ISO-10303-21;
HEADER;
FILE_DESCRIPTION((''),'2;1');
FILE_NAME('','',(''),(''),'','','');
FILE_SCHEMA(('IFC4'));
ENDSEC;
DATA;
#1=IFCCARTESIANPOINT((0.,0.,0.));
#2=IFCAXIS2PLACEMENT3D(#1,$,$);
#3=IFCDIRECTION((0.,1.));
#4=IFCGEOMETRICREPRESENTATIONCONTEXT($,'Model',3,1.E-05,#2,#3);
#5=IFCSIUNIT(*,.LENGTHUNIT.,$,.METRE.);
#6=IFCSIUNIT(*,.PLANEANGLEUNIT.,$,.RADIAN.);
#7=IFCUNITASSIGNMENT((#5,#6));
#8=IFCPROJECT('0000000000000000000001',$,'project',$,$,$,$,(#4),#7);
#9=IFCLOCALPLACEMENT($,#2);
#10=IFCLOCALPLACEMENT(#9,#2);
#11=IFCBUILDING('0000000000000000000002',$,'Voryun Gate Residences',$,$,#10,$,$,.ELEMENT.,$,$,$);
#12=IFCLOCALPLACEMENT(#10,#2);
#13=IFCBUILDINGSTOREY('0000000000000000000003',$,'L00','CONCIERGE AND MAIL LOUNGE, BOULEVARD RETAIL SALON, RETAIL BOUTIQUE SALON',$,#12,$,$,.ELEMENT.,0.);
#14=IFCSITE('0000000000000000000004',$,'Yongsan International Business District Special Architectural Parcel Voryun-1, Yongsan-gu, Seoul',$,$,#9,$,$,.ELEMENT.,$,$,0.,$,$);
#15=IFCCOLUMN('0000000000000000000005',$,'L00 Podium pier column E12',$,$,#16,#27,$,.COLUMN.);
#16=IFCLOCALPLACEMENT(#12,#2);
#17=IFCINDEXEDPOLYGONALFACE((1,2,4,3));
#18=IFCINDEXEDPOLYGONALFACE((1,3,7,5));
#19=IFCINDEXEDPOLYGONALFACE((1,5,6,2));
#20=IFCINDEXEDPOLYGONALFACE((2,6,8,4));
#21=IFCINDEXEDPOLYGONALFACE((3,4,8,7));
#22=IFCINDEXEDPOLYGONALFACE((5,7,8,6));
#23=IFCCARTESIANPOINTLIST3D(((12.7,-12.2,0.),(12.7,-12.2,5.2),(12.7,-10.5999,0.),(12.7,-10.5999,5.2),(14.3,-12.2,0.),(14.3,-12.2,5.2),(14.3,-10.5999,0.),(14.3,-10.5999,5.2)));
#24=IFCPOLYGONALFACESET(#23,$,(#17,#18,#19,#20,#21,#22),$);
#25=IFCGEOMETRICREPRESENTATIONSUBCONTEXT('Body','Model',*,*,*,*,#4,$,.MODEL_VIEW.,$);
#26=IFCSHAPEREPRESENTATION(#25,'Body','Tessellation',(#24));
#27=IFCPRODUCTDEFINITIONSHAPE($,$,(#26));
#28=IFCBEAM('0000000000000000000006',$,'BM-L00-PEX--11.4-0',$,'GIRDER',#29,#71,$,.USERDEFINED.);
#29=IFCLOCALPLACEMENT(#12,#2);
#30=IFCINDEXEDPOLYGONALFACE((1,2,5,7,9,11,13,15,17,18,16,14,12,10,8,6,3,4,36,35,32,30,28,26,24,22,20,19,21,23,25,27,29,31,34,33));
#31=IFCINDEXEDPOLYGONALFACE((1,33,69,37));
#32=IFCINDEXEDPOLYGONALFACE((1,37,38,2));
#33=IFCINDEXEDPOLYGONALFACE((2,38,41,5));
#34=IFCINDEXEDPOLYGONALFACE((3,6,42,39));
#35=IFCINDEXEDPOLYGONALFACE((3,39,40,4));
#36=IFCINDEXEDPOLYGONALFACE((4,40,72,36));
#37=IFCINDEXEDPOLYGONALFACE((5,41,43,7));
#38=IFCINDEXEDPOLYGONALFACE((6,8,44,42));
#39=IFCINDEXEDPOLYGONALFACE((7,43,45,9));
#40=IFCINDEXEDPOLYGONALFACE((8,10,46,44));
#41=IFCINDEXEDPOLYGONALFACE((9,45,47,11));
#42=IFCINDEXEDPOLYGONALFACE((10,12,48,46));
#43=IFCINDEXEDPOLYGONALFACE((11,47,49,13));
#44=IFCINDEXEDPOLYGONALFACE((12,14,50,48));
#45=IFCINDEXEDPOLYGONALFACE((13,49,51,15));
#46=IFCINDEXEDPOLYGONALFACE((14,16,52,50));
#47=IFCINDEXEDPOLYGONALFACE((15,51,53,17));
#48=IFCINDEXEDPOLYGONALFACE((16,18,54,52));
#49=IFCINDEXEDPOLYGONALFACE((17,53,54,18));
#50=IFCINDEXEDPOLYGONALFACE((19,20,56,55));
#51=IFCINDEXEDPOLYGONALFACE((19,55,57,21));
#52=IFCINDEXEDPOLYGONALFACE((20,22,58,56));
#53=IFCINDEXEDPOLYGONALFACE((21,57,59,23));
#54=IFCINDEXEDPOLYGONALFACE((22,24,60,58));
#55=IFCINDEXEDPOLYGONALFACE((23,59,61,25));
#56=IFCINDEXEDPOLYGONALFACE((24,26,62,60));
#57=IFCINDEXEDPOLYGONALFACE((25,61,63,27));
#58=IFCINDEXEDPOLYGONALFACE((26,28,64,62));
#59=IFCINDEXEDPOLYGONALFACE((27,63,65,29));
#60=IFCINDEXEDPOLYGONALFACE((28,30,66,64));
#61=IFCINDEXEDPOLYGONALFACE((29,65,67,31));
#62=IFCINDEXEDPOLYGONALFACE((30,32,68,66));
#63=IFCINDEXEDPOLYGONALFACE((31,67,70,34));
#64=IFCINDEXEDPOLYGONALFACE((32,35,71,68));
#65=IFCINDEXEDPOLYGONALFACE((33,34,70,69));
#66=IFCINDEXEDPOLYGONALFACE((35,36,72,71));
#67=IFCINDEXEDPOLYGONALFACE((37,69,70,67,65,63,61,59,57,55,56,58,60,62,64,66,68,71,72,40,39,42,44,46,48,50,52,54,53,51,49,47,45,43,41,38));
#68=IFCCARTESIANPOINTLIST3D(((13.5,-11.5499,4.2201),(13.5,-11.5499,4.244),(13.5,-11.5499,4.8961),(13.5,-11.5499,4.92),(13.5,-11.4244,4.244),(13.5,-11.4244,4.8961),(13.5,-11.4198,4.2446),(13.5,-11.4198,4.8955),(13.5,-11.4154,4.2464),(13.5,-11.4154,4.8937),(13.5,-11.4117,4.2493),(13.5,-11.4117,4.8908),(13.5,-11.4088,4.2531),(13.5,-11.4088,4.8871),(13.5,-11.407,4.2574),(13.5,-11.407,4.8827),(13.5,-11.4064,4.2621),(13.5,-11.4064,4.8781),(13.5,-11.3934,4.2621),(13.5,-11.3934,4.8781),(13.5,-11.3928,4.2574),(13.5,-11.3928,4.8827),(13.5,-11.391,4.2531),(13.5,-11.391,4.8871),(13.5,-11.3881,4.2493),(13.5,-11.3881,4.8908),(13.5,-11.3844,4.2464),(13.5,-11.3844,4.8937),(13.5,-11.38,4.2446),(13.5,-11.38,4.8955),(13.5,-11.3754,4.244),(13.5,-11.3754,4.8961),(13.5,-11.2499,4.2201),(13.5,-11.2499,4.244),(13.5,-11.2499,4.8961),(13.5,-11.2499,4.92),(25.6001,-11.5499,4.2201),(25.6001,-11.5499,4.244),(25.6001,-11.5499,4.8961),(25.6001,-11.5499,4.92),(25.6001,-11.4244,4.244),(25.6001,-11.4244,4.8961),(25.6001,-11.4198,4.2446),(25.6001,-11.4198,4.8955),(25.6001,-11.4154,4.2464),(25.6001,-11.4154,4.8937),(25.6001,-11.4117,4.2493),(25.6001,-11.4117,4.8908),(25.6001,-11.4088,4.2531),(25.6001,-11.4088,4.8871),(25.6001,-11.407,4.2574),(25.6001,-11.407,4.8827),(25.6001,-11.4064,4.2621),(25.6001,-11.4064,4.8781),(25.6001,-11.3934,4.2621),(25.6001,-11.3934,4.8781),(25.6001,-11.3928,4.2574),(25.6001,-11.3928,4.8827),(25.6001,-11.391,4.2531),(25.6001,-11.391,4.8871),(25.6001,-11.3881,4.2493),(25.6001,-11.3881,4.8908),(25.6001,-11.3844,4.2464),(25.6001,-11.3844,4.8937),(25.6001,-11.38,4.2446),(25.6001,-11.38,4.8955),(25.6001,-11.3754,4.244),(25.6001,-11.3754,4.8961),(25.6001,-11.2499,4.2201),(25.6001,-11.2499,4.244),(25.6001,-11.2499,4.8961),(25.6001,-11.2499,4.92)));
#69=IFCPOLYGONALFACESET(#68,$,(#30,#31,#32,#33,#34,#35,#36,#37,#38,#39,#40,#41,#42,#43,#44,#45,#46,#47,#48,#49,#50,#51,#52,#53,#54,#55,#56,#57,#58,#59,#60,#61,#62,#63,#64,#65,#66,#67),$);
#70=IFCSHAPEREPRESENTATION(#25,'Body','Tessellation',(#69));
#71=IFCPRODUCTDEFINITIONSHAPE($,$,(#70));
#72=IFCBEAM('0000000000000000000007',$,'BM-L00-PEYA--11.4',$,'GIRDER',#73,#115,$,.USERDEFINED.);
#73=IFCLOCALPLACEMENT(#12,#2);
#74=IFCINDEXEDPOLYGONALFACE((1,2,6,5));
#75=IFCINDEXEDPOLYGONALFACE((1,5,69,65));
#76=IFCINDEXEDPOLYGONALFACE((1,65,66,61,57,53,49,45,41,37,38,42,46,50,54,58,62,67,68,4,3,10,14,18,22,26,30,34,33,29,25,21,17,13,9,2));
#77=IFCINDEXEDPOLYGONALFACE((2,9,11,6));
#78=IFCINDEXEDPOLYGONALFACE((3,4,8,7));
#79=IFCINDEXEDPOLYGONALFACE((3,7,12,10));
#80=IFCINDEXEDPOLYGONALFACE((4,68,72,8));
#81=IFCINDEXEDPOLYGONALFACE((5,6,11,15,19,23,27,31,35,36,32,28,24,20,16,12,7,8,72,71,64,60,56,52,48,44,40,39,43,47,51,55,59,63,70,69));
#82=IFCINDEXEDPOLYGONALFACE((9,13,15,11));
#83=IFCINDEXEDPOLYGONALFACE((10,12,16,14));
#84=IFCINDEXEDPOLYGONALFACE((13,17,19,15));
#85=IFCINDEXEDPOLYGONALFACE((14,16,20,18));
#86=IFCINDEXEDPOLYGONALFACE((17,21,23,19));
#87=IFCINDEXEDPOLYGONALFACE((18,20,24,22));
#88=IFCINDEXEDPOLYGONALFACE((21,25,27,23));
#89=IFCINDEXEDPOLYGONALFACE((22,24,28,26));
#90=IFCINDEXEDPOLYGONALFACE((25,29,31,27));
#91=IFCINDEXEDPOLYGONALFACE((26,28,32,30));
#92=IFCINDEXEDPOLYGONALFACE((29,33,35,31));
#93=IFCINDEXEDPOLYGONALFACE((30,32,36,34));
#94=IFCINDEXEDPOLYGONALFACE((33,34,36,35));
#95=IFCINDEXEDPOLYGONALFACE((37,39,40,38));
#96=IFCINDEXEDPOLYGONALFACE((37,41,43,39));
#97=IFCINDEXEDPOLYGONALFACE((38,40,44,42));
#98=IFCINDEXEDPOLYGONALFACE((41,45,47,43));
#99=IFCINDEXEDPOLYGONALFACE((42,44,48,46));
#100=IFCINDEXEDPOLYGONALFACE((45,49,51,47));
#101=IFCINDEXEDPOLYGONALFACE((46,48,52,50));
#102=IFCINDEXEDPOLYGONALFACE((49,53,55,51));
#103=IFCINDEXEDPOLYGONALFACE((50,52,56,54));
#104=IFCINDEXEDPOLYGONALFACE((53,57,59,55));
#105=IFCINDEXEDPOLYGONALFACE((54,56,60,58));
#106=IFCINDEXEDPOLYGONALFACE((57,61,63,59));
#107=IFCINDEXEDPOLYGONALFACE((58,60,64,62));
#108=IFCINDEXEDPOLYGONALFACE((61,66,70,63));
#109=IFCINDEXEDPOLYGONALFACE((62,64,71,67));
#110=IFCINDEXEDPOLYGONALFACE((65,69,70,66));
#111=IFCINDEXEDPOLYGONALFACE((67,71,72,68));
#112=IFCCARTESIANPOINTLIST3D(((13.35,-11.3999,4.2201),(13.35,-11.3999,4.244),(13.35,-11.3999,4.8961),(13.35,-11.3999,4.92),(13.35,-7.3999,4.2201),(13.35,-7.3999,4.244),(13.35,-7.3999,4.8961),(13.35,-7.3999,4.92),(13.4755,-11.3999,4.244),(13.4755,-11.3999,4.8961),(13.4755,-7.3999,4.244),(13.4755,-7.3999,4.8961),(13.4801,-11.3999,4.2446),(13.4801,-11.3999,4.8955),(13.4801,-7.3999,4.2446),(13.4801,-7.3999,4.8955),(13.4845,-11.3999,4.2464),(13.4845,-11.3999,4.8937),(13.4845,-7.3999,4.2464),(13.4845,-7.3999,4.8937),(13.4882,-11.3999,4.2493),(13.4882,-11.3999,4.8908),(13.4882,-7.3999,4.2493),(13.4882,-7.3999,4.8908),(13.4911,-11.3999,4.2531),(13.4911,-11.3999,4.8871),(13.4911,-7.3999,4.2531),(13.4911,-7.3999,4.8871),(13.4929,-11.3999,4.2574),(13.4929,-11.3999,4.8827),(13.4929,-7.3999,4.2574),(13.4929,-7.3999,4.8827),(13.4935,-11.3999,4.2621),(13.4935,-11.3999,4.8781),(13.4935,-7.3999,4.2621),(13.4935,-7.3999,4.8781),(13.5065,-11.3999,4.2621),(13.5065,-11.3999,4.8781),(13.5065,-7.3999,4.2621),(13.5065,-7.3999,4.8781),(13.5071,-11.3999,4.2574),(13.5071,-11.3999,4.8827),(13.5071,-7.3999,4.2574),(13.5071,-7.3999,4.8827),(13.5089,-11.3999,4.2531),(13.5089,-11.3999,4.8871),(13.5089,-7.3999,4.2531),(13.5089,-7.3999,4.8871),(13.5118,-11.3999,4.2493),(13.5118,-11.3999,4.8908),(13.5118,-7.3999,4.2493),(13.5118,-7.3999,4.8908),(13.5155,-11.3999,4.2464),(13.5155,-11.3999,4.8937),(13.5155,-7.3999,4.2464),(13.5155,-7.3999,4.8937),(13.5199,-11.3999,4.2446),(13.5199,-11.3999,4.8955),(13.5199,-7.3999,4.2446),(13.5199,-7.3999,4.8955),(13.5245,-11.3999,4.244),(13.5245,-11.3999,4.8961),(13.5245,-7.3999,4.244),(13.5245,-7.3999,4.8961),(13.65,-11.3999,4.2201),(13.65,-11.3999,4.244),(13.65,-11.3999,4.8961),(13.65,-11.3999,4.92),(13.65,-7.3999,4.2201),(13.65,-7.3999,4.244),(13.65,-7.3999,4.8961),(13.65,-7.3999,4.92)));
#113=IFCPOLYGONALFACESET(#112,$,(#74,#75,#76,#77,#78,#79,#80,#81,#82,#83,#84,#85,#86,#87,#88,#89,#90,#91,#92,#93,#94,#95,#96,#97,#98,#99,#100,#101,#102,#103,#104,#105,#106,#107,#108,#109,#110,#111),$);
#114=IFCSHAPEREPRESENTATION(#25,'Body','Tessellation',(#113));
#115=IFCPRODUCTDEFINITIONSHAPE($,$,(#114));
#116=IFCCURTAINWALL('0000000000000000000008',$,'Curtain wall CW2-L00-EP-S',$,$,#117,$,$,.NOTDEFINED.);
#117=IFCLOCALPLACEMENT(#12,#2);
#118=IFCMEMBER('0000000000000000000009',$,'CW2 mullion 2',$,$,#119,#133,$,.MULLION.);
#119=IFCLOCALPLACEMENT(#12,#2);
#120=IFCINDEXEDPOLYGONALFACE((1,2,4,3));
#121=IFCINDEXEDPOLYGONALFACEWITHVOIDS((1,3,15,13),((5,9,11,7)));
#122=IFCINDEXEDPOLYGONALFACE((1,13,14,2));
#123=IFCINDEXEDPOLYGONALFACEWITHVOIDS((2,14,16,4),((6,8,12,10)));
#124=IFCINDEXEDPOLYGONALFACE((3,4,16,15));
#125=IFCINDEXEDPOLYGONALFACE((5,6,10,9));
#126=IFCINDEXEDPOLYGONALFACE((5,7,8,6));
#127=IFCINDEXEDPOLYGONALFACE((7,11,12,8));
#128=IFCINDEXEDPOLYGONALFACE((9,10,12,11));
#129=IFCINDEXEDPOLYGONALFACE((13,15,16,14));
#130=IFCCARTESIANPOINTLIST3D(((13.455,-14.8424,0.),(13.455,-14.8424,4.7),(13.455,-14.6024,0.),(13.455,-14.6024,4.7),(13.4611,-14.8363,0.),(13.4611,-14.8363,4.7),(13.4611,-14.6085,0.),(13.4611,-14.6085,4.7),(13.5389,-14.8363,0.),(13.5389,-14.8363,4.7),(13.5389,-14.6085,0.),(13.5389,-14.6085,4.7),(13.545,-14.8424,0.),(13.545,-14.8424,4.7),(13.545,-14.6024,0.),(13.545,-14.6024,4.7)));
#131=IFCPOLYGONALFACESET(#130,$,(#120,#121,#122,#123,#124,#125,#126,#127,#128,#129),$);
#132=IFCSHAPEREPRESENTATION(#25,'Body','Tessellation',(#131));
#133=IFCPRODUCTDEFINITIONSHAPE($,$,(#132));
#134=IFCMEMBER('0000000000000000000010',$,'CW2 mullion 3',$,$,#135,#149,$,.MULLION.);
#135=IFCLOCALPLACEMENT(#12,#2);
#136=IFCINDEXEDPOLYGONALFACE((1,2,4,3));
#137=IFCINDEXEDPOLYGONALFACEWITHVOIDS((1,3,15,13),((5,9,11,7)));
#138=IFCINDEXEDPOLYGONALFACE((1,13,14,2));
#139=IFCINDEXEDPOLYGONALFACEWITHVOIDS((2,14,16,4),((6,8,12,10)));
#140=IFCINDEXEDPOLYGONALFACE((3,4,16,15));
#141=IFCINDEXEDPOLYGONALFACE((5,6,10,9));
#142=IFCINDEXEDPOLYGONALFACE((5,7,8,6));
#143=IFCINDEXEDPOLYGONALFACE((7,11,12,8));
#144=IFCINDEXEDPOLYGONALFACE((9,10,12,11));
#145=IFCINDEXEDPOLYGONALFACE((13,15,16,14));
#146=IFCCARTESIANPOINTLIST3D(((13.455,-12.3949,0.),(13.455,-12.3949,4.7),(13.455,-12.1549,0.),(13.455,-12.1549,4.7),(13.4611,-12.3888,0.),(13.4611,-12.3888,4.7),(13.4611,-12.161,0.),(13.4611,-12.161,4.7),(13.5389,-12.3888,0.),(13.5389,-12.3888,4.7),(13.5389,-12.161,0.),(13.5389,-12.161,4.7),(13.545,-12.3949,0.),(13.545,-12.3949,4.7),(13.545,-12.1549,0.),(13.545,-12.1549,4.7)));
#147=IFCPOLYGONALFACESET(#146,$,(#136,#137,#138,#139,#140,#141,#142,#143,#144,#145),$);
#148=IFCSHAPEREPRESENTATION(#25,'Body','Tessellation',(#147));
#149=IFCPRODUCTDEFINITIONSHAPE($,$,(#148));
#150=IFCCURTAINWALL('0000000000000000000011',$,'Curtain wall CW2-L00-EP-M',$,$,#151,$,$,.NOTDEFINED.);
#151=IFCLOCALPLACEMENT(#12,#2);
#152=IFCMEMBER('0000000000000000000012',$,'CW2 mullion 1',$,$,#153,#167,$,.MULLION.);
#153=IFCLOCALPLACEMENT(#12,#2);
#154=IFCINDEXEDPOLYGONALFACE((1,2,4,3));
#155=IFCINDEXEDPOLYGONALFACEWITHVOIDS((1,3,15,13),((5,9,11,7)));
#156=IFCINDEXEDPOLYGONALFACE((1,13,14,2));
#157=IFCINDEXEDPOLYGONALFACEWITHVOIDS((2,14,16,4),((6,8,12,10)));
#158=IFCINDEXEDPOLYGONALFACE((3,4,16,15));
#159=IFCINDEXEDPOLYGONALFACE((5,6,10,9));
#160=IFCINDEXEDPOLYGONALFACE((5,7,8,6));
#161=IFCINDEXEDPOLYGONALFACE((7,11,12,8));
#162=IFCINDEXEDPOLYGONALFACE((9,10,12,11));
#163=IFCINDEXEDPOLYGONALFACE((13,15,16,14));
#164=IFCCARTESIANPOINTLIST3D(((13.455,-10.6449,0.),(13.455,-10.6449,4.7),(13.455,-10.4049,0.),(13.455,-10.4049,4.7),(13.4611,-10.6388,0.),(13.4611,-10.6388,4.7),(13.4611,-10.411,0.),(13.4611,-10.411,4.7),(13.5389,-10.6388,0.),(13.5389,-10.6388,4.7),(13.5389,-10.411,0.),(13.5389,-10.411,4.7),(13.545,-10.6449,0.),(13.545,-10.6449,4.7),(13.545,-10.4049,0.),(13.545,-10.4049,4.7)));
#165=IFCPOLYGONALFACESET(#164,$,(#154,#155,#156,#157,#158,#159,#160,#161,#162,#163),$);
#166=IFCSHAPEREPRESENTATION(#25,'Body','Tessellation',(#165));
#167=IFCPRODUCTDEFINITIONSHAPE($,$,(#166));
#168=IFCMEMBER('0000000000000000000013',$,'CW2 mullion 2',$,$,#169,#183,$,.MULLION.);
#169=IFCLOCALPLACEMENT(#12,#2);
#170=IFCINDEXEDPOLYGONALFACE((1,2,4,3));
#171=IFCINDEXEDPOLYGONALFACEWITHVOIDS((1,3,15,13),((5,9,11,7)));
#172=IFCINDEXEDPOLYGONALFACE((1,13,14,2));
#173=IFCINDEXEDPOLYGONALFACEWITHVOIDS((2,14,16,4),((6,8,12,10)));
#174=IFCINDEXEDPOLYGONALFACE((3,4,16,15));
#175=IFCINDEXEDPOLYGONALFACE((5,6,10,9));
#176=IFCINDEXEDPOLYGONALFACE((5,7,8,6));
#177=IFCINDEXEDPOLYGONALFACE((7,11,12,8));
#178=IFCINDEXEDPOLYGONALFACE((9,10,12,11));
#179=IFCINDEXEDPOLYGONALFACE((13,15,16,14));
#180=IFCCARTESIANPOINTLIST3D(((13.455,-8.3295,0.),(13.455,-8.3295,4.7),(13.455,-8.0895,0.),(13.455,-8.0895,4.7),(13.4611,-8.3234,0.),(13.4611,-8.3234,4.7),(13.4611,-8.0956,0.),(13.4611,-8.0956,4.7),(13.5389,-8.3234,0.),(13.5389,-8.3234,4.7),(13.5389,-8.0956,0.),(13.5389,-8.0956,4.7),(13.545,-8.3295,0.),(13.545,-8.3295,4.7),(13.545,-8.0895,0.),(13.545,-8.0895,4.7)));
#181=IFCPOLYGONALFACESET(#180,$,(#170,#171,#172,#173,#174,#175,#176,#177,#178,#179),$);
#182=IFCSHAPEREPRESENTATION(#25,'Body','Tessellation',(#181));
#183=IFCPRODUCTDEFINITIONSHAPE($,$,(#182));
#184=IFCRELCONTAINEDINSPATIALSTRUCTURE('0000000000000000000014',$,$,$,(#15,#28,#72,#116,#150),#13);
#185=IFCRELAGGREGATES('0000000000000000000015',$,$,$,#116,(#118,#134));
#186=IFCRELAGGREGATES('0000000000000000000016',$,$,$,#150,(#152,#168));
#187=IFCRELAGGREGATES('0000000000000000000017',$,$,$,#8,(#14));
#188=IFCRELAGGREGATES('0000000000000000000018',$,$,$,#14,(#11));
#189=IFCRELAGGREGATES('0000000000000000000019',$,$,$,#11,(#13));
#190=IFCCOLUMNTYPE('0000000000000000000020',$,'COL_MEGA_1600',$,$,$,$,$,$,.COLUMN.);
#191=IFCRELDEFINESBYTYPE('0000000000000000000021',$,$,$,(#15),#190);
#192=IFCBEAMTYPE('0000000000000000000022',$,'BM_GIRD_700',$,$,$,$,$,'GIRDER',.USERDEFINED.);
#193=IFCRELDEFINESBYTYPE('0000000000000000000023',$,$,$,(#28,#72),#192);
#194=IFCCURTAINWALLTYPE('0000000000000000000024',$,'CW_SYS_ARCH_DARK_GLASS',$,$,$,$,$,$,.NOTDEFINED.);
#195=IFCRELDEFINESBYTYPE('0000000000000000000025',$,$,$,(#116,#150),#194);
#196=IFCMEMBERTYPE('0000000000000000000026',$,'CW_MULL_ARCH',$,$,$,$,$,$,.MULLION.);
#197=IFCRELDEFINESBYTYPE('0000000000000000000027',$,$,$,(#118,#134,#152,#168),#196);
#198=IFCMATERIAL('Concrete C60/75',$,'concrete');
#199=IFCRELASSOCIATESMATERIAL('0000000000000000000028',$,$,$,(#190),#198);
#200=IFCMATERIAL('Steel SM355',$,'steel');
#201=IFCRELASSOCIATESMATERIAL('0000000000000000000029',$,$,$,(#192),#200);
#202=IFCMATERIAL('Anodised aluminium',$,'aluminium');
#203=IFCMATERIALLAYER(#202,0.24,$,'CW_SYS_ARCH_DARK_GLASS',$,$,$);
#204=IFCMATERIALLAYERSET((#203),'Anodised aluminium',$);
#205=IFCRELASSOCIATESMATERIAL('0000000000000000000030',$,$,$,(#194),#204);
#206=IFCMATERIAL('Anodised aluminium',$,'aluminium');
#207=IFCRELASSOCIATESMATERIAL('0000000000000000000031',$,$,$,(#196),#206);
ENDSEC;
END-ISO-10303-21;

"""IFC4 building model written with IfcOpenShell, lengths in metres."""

from ifc_helpers import new_model, si_unit, direction, frame, origin, origin_2d, place, context, subcontext, project, spatial, rectangle, hollow_rectangle, i_section, extrude, material, layer, layer_set, material_profile, profile_set, type_object, element, aggregate, save


model = new_model("IFC4")

# Units and contexts
model_context = context("Model", 3, precision=1e-05, world=origin(), true_north=direction((0.0, 1.0)))
body_context = subcontext(model_context, "Body", "Model", "MODEL_VIEW")
ifc_project = project(units=[si_unit("LENGTHUNIT", "METRE"), si_unit("PLANEANGLEUNIT", "RADIAN")], contexts=[model_context])

# Site, building, storey
site_placement = place(None, origin())
site = spatial("IfcSite", under=ifc_project, at=site_placement, Name="Yongsan International Business District Special Architectural Parcel Voryun-1, Yongsan-gu, Seoul", CompositionType="ELEMENT", RefElevation=0.0)
building_placement = place(site_placement, origin())
building = spatial("IfcBuilding", under=site, at=building_placement, Name="Voryun Gate Residences", CompositionType="ELEMENT")
storey_placement = place(building_placement, origin())
storey = spatial("IfcBuildingStorey", under=building, at=storey_placement, Name="L00", Description="CONCIERGE AND MAIL LOUNGE, BOULEVARD RETAIL SALON, RETAIL BOUTIQUE SALON", CompositionType="ELEMENT", Elevation=0.0)

# Column
ifc_material_1 = material(Name="Concrete C60/75", Category="concrete")
ifc_material_profile_1 = material_profile(ifc_material_1, rectangle(XDim=1.6001, YDim=1.6001, at=origin_2d()), Name="RC-1600x1600")
ifc_profile_set_1 = profile_set([ifc_material_profile_1], Name="Concrete C60/75")
column_type = type_object("IfcColumnType", Name="COL_MEGA_1600", PredefinedType="COLUMN", material=ifc_profile_set_1)
column_placement = place(storey_placement, frame((13.5, -11.3999, 0.0), z_axis=(0.0, 0.0, 1.0), x_axis=(1.0, 0.0, 0.0)))
element("IfcColumn", 1, at=column_placement, inside=storey, type_object=column_type, Name="L00 Podium pier column E12", PredefinedType="COLUMN", context=body_context, shape_type="SweptSolid", body=[
    extrude(rectangle(XDim=1.6001, YDim=1.6001, at=origin_2d()), origin(), (0.0, 0.0, 1.0), 5.2),
])

# Beams
ifc_material_2 = material(Name="Steel SM355", Category="steel")
ifc_material_profile_2 = material_profile(ifc_material_2, i_section(OverallWidth=0.3, OverallDepth=0.7, WebThickness=0.0129, FlangeThickness=0.0239, FilletRadius=0.0181, at=origin_2d()), Name="H-700x300x13x24")
ifc_profile_set_2 = profile_set([ifc_material_profile_2], Name="Steel SM355")
beam_type = type_object("IfcBeamType", Name="BM_GIRD_700", ElementType="GIRDER", PredefinedType="USERDEFINED", material=ifc_profile_set_2)
beam_1_placement = place(storey_placement, frame((13.5, -11.3999, 4.5701), z_axis=(1.0, 0.0, 0.0), x_axis=(0.0, 1.0, 0.0)))
element("IfcBeam", 2, at=beam_1_placement, inside=storey, type_object=beam_type, Name="BM-L00-PEX--11.4-0", ObjectType="GIRDER", PredefinedType="USERDEFINED", context=body_context, shape_type="SweptSolid", body=[
    extrude(i_section(OverallWidth=0.3, OverallDepth=0.7, WebThickness=0.0129, FlangeThickness=0.0239, FilletRadius=0.0181, at=origin_2d()), origin(), (0.0, 0.0, 1.0), 12.1001),
])
beam_2_placement = place(storey_placement, frame((13.5, -11.3999, 4.5701), z_axis=(0.0, 1.0, 0.0), x_axis=(-1.0, 0.0, 0.0)))
element("IfcBeam", 3, at=beam_2_placement, inside=storey, type_object=beam_type, Name="BM-L00-PEYA--11.4", ObjectType="GIRDER", PredefinedType="USERDEFINED", context=body_context, shape_type="SweptSolid", body=[
    extrude(i_section(OverallWidth=0.3, OverallDepth=0.7, WebThickness=0.0129, FlangeThickness=0.0239, FilletRadius=0.0181, at=origin_2d()), origin(), (0.0, 0.0, 1.0), 4.0),
])

# Curtain walls, members
ifc_material_3 = material(Name="Anodised aluminium", Category="aluminium")
ifc_layer_1 = layer(ifc_material_3, 0.24, Name="CW_SYS_ARCH_DARK_GLASS")
ifc_layer_set_1 = layer_set([ifc_layer_1], Name="Anodised aluminium")
curtain_wall_type = type_object("IfcCurtainWallType", Name="CW_SYS_ARCH_DARK_GLASS", PredefinedType="NOTDEFINED", material=ifc_layer_set_1)
curtain_wall_1_placement = place(storey_placement, origin())
curtain_wall_1 = element("IfcCurtainWall", 4, at=curtain_wall_1_placement, inside=storey, type_object=curtain_wall_type, Name="Curtain wall CW2-L00-EP-S", PredefinedType="NOTDEFINED")
ifc_material_4 = material(Name="Anodised aluminium", Category="aluminium")
ifc_material_profile_3 = material_profile(ifc_material_4, hollow_rectangle(XDim=0.0901, YDim=0.24, WallThickness=0.0061, at=origin_2d()), Name="ALU-MULL-240x90x6")
ifc_profile_set_3 = profile_set([ifc_material_profile_3], Name="Anodised aluminium")
member_type_1 = type_object("IfcMemberType", Name="CW_MULL_ARCH", PredefinedType="MULLION", material=ifc_profile_set_3)
member_1_placement = place(storey_placement, frame((13.5, -14.7224, 0.0), z_axis=(0.0, 0.0, 1.0), x_axis=(-1.0, 0.0, 0.0)))
member_1 = element("IfcMember", 5, at=member_1_placement, type_object=member_type_1, Name="CW2 mullion 2", PredefinedType="MULLION", context=body_context, shape_type="SweptSolid", body=[
    extrude(hollow_rectangle(XDim=0.0901, YDim=0.24, WallThickness=0.0061, at=origin_2d()), origin(), (0.0, 0.0, 1.0), 4.7),
])
member_2_placement = place(storey_placement, frame((13.5, -12.2749, 0.0), z_axis=(0.0, 0.0, 1.0), x_axis=(-1.0, 0.0, 0.0)))
member_2 = element("IfcMember", 6, at=member_2_placement, type_object=member_type_1, Name="CW2 mullion 3", PredefinedType="MULLION", context=body_context, shape_type="SweptSolid", body=[
    extrude(hollow_rectangle(XDim=0.0901, YDim=0.24, WallThickness=0.0061, at=origin_2d()), origin(), (0.0, 0.0, 1.0), 4.7),
])
curtain_wall_2_placement = place(storey_placement, origin())
curtain_wall_2 = element("IfcCurtainWall", 7, at=curtain_wall_2_placement, inside=storey, type_object=curtain_wall_type, Name="Curtain wall CW2-L00-EP-M", PredefinedType="NOTDEFINED")
member_3_placement = place(storey_placement, frame((13.5, -10.5249, 0.0), z_axis=(0.0, 0.0, 1.0), x_axis=(-1.0, 0.0, 0.0)))
member_3 = element("IfcMember", 8, at=member_3_placement, type_object=member_type_1, Name="CW2 mullion 1", PredefinedType="MULLION", context=body_context, shape_type="SweptSolid", body=[
    extrude(hollow_rectangle(XDim=0.0901, YDim=0.24, WallThickness=0.0061, at=origin_2d()), origin(), (0.0, 0.0, 1.0), 4.7),
])
member_4_placement = place(storey_placement, frame((13.5, -8.2095, 0.0), z_axis=(0.0, 0.0, 1.0), x_axis=(-1.0, 0.0, 0.0)))
member_4 = element("IfcMember", 9, at=member_4_placement, type_object=member_type_1, Name="CW2 mullion 2", PredefinedType="MULLION", context=body_context, shape_type="SweptSolid", body=[
    extrude(hollow_rectangle(XDim=0.0901, YDim=0.24, WallThickness=0.0061, at=origin_2d()), origin(), (0.0, 0.0, 1.0), 4.7),
])

aggregate(curtain_wall_1, [member_1, member_2])
aggregate(curtain_wall_2, [member_3, member_4])

save(model, "model.ifc")
